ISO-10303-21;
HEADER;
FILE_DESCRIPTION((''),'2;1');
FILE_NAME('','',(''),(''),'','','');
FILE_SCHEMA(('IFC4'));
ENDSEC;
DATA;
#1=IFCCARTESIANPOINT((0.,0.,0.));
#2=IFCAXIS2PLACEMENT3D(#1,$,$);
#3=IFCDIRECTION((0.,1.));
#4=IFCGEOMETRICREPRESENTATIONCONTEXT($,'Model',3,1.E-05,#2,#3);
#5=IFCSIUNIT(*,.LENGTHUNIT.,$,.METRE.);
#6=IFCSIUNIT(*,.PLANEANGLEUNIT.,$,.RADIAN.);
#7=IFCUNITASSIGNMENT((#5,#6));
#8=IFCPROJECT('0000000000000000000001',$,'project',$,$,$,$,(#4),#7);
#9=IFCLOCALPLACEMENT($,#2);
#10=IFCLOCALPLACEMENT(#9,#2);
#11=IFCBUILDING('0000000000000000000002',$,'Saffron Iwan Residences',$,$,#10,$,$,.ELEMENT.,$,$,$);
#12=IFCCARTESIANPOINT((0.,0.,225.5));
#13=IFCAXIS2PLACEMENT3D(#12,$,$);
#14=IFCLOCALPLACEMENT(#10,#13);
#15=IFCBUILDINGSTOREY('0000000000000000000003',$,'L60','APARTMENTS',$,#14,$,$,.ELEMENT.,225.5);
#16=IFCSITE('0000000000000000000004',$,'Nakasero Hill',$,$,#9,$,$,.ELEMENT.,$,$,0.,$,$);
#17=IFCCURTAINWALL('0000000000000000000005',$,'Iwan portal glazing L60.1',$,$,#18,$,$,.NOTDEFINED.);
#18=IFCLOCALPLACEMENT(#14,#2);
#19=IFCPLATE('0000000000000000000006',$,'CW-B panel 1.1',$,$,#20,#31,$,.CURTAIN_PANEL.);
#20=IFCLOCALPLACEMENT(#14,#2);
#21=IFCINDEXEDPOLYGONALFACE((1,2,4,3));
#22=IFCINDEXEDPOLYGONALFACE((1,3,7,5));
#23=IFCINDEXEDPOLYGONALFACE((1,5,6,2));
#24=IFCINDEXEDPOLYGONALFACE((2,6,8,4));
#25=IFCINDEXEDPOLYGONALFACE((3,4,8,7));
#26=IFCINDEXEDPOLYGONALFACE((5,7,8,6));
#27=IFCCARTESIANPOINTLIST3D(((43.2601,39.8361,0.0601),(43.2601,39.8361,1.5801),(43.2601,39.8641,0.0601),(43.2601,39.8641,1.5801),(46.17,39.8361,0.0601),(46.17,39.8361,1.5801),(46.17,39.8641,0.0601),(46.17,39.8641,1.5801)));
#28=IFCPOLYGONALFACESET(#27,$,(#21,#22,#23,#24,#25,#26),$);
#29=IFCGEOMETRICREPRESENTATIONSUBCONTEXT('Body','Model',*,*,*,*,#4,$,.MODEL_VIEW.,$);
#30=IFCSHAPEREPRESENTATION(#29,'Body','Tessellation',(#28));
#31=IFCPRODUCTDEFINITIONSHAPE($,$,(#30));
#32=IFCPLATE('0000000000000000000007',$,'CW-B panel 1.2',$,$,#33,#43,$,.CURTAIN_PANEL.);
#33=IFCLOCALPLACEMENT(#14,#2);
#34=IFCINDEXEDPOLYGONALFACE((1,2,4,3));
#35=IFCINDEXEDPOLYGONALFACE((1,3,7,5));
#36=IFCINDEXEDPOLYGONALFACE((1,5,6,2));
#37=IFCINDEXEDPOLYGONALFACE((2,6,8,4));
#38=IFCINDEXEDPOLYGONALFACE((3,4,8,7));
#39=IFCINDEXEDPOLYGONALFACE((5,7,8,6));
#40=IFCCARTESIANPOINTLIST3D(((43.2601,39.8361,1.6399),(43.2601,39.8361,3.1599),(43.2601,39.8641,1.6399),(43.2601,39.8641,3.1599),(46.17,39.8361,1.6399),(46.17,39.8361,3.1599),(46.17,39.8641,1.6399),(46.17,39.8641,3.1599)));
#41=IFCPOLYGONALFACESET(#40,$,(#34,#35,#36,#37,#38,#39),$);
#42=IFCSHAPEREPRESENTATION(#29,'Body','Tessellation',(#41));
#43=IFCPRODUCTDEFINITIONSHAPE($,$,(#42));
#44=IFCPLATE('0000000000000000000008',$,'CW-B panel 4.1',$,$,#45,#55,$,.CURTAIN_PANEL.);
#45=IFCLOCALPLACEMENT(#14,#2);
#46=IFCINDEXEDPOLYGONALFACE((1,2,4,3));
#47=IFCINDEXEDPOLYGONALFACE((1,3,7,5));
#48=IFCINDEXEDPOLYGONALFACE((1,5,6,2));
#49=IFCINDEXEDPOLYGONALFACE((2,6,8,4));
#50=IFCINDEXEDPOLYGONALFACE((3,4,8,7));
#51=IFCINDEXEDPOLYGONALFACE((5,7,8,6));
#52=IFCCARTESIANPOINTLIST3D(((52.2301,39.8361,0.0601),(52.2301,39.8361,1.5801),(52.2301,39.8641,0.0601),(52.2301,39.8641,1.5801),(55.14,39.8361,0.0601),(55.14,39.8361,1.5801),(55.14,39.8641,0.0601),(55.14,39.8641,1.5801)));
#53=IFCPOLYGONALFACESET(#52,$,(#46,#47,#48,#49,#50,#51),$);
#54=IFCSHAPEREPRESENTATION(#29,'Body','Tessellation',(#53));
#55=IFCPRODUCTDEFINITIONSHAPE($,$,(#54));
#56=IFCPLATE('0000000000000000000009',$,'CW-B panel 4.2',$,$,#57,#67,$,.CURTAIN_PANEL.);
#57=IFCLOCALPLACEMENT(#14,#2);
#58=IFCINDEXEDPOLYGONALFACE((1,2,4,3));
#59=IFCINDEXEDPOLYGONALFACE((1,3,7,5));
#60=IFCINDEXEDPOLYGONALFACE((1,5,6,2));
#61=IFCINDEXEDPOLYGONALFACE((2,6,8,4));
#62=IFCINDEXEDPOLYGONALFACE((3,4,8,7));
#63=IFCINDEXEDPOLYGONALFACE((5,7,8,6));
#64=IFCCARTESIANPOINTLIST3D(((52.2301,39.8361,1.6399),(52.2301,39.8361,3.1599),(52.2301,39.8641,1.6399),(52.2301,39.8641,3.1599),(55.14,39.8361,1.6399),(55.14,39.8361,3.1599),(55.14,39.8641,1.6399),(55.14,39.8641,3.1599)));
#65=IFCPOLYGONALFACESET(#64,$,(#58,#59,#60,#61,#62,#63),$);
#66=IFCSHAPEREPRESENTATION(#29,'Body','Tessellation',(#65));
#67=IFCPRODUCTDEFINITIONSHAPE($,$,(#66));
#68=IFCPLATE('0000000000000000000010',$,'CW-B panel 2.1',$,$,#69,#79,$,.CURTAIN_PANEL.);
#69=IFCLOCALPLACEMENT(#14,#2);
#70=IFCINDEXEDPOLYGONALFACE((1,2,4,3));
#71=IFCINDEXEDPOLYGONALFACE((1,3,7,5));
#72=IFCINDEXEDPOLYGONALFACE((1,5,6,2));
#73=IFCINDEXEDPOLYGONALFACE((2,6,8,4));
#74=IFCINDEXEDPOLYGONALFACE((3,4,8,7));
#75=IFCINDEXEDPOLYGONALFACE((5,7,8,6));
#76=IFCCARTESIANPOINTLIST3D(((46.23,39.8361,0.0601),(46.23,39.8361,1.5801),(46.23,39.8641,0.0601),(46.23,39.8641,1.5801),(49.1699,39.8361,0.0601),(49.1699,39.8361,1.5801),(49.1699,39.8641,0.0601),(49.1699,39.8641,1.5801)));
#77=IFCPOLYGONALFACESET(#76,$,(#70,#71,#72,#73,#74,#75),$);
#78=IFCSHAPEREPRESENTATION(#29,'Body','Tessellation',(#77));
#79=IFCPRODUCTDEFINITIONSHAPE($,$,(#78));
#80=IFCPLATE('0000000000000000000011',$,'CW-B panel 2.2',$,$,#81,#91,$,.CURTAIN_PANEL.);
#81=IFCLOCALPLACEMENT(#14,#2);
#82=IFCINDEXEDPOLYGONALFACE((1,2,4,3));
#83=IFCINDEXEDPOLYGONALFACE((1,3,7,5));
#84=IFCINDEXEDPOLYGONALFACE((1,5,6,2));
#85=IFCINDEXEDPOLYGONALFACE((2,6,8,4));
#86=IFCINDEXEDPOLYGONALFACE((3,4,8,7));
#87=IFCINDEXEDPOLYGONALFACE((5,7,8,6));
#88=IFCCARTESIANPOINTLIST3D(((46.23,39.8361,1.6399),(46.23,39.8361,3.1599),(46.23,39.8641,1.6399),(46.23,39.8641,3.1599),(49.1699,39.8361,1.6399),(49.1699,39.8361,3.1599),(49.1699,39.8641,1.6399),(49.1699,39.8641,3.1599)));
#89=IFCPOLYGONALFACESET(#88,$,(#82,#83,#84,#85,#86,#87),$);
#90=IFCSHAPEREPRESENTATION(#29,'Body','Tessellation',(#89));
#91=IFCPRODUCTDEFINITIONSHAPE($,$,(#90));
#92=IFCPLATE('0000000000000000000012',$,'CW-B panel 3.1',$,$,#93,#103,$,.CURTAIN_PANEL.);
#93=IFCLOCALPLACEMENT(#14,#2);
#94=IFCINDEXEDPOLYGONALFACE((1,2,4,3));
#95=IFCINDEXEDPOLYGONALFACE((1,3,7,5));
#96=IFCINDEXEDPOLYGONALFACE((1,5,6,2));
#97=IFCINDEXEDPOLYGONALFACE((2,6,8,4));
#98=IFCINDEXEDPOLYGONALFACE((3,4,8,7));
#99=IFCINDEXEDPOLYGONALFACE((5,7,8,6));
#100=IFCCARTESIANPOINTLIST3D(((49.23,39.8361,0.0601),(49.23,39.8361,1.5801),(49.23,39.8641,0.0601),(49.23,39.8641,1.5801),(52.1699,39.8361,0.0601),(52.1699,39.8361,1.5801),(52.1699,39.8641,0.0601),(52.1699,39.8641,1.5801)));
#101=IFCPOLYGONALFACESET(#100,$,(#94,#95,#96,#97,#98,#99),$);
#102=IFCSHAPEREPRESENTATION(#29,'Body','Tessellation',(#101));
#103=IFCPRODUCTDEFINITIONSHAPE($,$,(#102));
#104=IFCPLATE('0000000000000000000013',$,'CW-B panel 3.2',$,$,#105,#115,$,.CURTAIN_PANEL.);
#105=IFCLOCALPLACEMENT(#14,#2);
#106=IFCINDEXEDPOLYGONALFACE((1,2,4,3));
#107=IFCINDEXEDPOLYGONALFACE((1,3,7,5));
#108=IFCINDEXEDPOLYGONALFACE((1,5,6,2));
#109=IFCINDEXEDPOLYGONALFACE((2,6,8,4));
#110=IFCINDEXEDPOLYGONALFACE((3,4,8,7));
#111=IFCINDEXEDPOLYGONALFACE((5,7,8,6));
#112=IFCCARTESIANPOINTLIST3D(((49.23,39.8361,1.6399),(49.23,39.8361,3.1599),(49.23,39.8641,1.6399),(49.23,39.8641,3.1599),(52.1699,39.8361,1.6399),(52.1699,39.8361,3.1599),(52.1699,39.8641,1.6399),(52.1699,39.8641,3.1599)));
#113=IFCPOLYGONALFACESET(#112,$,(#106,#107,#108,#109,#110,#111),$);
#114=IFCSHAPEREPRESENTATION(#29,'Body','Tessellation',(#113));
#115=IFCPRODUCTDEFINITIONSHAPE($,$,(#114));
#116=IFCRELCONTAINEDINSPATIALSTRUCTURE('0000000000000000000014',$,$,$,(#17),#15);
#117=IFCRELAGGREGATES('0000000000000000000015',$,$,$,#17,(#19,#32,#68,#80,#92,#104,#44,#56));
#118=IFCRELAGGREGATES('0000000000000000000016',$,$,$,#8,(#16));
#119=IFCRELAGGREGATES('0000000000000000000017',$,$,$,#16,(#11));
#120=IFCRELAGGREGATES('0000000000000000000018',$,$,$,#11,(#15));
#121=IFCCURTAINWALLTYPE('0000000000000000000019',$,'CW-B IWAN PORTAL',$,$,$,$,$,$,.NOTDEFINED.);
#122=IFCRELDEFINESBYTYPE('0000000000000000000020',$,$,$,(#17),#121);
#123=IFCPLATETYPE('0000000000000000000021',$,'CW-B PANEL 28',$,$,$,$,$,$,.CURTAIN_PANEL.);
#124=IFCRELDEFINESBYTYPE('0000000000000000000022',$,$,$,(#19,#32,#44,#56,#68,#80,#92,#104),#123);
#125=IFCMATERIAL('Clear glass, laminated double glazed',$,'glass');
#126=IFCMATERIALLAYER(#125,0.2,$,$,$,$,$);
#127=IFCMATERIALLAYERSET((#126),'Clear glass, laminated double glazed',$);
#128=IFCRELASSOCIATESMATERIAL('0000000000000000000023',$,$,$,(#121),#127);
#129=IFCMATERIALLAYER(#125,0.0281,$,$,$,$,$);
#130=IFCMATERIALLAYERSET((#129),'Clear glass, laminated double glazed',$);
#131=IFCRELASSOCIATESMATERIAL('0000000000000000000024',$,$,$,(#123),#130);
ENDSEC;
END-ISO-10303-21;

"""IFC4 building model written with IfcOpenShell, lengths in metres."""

from ifc_helpers import new_model, si_unit, direction, frame, origin, origin_2d, place, context, subcontext, project, spatial, rectangle, extrude, source, transform, mapped, material, layer, layer_set, type_object, element, aggregate, save


model = new_model("IFC4")

# Units and contexts
model_context = context("Model", 3, precision=1e-05, world=origin(), true_north=direction((0.0, 1.0)))
body_context = subcontext(model_context, "Body", "Model", "MODEL_VIEW")
ifc_project = project(units=[si_unit("LENGTHUNIT", "METRE"), si_unit("PLANEANGLEUNIT", "RADIAN")], contexts=[model_context])

# Site, building, storey
site_placement = place(None, origin())
site = spatial("IfcSite", under=ifc_project, at=site_placement, Name="Nakasero Hill", CompositionType="ELEMENT", RefElevation=0.0)
building_placement = place(site_placement, origin())
building = spatial("IfcBuilding", under=site, at=building_placement, Name="Saffron Iwan Residences", CompositionType="ELEMENT")
storey_placement = place(building_placement, frame((0.0, 0.0, 225.5)))
storey = spatial("IfcBuildingStorey", under=building, at=storey_placement, Name="L60", Description="APARTMENTS", CompositionType="ELEMENT", Elevation=225.5)

# Curtain wall, plates
ifc_material_1 = material(Name="Clear glass, laminated double glazed", Category="glass")
ifc_layer_1 = layer(ifc_material_1, 0.2)
ifc_layer_set_1 = layer_set([ifc_layer_1], Name="Clear glass, laminated double glazed")
curtain_wall_type = type_object("IfcCurtainWallType", Name="CW-B IWAN PORTAL", PredefinedType="NOTDEFINED", material=ifc_layer_set_1)
curtain_wall_placement = place(storey_placement, origin())
curtain_wall = element("IfcCurtainWall", 1, at=curtain_wall_placement, inside=storey, type_object=curtain_wall_type, Name="Iwan portal glazing L60.1", PredefinedType="NOTDEFINED")
ifc_layer_2 = layer(ifc_material_1, 0.0281)
ifc_layer_set_2 = layer_set([ifc_layer_2], Name="Clear glass, laminated double glazed")
plate_type = type_object("IfcPlateType", Name="CW-B PANEL 28", PredefinedType="CURTAIN_PANEL", material=ifc_layer_set_2)
shared_shape_1 = source(origin(), body_context, "Body", "SweptSolid", [
    extrude(rectangle(XDim=2.9099, YDim=0.0281, at=origin_2d()), origin(), (0.0, 0.0, 1.0), 1.52),
])
plate_1_placement = place(storey_placement, frame((44.7151, 39.8501, 0.0601), z_axis=(0.0, 0.0, 1.0), x_axis=(1.0, 0.0, 0.0)))
plate_1 = element("IfcPlate", 2, at=plate_1_placement, type_object=plate_type, Name="CW-B panel 1.1", PredefinedType="CURTAIN_PANEL", context=body_context, shape_type="MappedRepresentation", body=[
    mapped(shared_shape_1, transform((0.0, 0.0, 0.0))),
])
plate_2_placement = place(storey_placement, frame((44.7151, 39.8501, 1.6399), z_axis=(0.0, 0.0, 1.0), x_axis=(1.0, 0.0, 0.0)))
plate_2 = element("IfcPlate", 3, at=plate_2_placement, type_object=plate_type, Name="CW-B panel 1.2", PredefinedType="CURTAIN_PANEL", context=body_context, shape_type="MappedRepresentation", body=[
    mapped(shared_shape_1, transform((0.0, 0.0, 0.0))),
])
plate_3_placement = place(storey_placement, frame((53.6851, 39.8501, 0.0601), z_axis=(0.0, 0.0, 1.0), x_axis=(1.0, 0.0, 0.0)))
plate_3 = element("IfcPlate", 4, at=plate_3_placement, type_object=plate_type, Name="CW-B panel 4.1", PredefinedType="CURTAIN_PANEL", context=body_context, shape_type="MappedRepresentation", body=[
    mapped(shared_shape_1, transform((0.0, 0.0, 0.0))),
])
plate_4_placement = place(storey_placement, frame((53.6851, 39.8501, 1.6399), z_axis=(0.0, 0.0, 1.0), x_axis=(1.0, 0.0, 0.0)))
plate_4 = element("IfcPlate", 5, at=plate_4_placement, type_object=plate_type, Name="CW-B panel 4.2", PredefinedType="CURTAIN_PANEL", context=body_context, shape_type="MappedRepresentation", body=[
    mapped(shared_shape_1, transform((0.0, 0.0, 0.0))),
])
shared_shape_2 = source(origin(), body_context, "Body", "SweptSolid", [
    extrude(rectangle(XDim=2.9399, YDim=0.0281, at=origin_2d()), origin(), (0.0, 0.0, 1.0), 1.52),
])
plate_5_placement = place(storey_placement, frame((47.7, 39.8501, 0.0601), z_axis=(0.0, 0.0, 1.0), x_axis=(1.0, 0.0, 0.0)))
plate_5 = element("IfcPlate", 6, at=plate_5_placement, type_object=plate_type, Name="CW-B panel 2.1", PredefinedType="CURTAIN_PANEL", context=body_context, shape_type="MappedRepresentation", body=[
    mapped(shared_shape_2, transform((0.0, 0.0, 0.0))),
])
plate_6_placement = place(storey_placement, frame((47.7, 39.8501, 1.6399), z_axis=(0.0, 0.0, 1.0), x_axis=(1.0, 0.0, 0.0)))
plate_6 = element("IfcPlate", 7, at=plate_6_placement, type_object=plate_type, Name="CW-B panel 2.2", PredefinedType="CURTAIN_PANEL", context=body_context, shape_type="MappedRepresentation", body=[
    mapped(shared_shape_2, transform((0.0, 0.0, 0.0))),
])
plate_7_placement = place(storey_placement, frame((50.7, 39.8501, 0.0601), z_axis=(0.0, 0.0, 1.0), x_axis=(1.0, 0.0, 0.0)))
plate_7 = element("IfcPlate", 8, at=plate_7_placement, type_object=plate_type, Name="CW-B panel 3.1", PredefinedType="CURTAIN_PANEL", context=body_context, shape_type="MappedRepresentation", body=[
    mapped(shared_shape_2, transform((0.0, 0.0, 0.0))),
])
plate_8_placement = place(storey_placement, frame((50.7, 39.8501, 1.6399), z_axis=(0.0, 0.0, 1.0), x_axis=(1.0, 0.0, 0.0)))
plate_8 = element("IfcPlate", 9, at=plate_8_placement, type_object=plate_type, Name="CW-B panel 3.2", PredefinedType="CURTAIN_PANEL", context=body_context, shape_type="MappedRepresentation", body=[
    mapped(shared_shape_2, transform((0.0, 0.0, 0.0))),
])
aggregate(curtain_wall, [plate_1, plate_2, plate_5, plate_6, plate_7, plate_8, plate_3, plate_4])

save(model, "model.ifc")
